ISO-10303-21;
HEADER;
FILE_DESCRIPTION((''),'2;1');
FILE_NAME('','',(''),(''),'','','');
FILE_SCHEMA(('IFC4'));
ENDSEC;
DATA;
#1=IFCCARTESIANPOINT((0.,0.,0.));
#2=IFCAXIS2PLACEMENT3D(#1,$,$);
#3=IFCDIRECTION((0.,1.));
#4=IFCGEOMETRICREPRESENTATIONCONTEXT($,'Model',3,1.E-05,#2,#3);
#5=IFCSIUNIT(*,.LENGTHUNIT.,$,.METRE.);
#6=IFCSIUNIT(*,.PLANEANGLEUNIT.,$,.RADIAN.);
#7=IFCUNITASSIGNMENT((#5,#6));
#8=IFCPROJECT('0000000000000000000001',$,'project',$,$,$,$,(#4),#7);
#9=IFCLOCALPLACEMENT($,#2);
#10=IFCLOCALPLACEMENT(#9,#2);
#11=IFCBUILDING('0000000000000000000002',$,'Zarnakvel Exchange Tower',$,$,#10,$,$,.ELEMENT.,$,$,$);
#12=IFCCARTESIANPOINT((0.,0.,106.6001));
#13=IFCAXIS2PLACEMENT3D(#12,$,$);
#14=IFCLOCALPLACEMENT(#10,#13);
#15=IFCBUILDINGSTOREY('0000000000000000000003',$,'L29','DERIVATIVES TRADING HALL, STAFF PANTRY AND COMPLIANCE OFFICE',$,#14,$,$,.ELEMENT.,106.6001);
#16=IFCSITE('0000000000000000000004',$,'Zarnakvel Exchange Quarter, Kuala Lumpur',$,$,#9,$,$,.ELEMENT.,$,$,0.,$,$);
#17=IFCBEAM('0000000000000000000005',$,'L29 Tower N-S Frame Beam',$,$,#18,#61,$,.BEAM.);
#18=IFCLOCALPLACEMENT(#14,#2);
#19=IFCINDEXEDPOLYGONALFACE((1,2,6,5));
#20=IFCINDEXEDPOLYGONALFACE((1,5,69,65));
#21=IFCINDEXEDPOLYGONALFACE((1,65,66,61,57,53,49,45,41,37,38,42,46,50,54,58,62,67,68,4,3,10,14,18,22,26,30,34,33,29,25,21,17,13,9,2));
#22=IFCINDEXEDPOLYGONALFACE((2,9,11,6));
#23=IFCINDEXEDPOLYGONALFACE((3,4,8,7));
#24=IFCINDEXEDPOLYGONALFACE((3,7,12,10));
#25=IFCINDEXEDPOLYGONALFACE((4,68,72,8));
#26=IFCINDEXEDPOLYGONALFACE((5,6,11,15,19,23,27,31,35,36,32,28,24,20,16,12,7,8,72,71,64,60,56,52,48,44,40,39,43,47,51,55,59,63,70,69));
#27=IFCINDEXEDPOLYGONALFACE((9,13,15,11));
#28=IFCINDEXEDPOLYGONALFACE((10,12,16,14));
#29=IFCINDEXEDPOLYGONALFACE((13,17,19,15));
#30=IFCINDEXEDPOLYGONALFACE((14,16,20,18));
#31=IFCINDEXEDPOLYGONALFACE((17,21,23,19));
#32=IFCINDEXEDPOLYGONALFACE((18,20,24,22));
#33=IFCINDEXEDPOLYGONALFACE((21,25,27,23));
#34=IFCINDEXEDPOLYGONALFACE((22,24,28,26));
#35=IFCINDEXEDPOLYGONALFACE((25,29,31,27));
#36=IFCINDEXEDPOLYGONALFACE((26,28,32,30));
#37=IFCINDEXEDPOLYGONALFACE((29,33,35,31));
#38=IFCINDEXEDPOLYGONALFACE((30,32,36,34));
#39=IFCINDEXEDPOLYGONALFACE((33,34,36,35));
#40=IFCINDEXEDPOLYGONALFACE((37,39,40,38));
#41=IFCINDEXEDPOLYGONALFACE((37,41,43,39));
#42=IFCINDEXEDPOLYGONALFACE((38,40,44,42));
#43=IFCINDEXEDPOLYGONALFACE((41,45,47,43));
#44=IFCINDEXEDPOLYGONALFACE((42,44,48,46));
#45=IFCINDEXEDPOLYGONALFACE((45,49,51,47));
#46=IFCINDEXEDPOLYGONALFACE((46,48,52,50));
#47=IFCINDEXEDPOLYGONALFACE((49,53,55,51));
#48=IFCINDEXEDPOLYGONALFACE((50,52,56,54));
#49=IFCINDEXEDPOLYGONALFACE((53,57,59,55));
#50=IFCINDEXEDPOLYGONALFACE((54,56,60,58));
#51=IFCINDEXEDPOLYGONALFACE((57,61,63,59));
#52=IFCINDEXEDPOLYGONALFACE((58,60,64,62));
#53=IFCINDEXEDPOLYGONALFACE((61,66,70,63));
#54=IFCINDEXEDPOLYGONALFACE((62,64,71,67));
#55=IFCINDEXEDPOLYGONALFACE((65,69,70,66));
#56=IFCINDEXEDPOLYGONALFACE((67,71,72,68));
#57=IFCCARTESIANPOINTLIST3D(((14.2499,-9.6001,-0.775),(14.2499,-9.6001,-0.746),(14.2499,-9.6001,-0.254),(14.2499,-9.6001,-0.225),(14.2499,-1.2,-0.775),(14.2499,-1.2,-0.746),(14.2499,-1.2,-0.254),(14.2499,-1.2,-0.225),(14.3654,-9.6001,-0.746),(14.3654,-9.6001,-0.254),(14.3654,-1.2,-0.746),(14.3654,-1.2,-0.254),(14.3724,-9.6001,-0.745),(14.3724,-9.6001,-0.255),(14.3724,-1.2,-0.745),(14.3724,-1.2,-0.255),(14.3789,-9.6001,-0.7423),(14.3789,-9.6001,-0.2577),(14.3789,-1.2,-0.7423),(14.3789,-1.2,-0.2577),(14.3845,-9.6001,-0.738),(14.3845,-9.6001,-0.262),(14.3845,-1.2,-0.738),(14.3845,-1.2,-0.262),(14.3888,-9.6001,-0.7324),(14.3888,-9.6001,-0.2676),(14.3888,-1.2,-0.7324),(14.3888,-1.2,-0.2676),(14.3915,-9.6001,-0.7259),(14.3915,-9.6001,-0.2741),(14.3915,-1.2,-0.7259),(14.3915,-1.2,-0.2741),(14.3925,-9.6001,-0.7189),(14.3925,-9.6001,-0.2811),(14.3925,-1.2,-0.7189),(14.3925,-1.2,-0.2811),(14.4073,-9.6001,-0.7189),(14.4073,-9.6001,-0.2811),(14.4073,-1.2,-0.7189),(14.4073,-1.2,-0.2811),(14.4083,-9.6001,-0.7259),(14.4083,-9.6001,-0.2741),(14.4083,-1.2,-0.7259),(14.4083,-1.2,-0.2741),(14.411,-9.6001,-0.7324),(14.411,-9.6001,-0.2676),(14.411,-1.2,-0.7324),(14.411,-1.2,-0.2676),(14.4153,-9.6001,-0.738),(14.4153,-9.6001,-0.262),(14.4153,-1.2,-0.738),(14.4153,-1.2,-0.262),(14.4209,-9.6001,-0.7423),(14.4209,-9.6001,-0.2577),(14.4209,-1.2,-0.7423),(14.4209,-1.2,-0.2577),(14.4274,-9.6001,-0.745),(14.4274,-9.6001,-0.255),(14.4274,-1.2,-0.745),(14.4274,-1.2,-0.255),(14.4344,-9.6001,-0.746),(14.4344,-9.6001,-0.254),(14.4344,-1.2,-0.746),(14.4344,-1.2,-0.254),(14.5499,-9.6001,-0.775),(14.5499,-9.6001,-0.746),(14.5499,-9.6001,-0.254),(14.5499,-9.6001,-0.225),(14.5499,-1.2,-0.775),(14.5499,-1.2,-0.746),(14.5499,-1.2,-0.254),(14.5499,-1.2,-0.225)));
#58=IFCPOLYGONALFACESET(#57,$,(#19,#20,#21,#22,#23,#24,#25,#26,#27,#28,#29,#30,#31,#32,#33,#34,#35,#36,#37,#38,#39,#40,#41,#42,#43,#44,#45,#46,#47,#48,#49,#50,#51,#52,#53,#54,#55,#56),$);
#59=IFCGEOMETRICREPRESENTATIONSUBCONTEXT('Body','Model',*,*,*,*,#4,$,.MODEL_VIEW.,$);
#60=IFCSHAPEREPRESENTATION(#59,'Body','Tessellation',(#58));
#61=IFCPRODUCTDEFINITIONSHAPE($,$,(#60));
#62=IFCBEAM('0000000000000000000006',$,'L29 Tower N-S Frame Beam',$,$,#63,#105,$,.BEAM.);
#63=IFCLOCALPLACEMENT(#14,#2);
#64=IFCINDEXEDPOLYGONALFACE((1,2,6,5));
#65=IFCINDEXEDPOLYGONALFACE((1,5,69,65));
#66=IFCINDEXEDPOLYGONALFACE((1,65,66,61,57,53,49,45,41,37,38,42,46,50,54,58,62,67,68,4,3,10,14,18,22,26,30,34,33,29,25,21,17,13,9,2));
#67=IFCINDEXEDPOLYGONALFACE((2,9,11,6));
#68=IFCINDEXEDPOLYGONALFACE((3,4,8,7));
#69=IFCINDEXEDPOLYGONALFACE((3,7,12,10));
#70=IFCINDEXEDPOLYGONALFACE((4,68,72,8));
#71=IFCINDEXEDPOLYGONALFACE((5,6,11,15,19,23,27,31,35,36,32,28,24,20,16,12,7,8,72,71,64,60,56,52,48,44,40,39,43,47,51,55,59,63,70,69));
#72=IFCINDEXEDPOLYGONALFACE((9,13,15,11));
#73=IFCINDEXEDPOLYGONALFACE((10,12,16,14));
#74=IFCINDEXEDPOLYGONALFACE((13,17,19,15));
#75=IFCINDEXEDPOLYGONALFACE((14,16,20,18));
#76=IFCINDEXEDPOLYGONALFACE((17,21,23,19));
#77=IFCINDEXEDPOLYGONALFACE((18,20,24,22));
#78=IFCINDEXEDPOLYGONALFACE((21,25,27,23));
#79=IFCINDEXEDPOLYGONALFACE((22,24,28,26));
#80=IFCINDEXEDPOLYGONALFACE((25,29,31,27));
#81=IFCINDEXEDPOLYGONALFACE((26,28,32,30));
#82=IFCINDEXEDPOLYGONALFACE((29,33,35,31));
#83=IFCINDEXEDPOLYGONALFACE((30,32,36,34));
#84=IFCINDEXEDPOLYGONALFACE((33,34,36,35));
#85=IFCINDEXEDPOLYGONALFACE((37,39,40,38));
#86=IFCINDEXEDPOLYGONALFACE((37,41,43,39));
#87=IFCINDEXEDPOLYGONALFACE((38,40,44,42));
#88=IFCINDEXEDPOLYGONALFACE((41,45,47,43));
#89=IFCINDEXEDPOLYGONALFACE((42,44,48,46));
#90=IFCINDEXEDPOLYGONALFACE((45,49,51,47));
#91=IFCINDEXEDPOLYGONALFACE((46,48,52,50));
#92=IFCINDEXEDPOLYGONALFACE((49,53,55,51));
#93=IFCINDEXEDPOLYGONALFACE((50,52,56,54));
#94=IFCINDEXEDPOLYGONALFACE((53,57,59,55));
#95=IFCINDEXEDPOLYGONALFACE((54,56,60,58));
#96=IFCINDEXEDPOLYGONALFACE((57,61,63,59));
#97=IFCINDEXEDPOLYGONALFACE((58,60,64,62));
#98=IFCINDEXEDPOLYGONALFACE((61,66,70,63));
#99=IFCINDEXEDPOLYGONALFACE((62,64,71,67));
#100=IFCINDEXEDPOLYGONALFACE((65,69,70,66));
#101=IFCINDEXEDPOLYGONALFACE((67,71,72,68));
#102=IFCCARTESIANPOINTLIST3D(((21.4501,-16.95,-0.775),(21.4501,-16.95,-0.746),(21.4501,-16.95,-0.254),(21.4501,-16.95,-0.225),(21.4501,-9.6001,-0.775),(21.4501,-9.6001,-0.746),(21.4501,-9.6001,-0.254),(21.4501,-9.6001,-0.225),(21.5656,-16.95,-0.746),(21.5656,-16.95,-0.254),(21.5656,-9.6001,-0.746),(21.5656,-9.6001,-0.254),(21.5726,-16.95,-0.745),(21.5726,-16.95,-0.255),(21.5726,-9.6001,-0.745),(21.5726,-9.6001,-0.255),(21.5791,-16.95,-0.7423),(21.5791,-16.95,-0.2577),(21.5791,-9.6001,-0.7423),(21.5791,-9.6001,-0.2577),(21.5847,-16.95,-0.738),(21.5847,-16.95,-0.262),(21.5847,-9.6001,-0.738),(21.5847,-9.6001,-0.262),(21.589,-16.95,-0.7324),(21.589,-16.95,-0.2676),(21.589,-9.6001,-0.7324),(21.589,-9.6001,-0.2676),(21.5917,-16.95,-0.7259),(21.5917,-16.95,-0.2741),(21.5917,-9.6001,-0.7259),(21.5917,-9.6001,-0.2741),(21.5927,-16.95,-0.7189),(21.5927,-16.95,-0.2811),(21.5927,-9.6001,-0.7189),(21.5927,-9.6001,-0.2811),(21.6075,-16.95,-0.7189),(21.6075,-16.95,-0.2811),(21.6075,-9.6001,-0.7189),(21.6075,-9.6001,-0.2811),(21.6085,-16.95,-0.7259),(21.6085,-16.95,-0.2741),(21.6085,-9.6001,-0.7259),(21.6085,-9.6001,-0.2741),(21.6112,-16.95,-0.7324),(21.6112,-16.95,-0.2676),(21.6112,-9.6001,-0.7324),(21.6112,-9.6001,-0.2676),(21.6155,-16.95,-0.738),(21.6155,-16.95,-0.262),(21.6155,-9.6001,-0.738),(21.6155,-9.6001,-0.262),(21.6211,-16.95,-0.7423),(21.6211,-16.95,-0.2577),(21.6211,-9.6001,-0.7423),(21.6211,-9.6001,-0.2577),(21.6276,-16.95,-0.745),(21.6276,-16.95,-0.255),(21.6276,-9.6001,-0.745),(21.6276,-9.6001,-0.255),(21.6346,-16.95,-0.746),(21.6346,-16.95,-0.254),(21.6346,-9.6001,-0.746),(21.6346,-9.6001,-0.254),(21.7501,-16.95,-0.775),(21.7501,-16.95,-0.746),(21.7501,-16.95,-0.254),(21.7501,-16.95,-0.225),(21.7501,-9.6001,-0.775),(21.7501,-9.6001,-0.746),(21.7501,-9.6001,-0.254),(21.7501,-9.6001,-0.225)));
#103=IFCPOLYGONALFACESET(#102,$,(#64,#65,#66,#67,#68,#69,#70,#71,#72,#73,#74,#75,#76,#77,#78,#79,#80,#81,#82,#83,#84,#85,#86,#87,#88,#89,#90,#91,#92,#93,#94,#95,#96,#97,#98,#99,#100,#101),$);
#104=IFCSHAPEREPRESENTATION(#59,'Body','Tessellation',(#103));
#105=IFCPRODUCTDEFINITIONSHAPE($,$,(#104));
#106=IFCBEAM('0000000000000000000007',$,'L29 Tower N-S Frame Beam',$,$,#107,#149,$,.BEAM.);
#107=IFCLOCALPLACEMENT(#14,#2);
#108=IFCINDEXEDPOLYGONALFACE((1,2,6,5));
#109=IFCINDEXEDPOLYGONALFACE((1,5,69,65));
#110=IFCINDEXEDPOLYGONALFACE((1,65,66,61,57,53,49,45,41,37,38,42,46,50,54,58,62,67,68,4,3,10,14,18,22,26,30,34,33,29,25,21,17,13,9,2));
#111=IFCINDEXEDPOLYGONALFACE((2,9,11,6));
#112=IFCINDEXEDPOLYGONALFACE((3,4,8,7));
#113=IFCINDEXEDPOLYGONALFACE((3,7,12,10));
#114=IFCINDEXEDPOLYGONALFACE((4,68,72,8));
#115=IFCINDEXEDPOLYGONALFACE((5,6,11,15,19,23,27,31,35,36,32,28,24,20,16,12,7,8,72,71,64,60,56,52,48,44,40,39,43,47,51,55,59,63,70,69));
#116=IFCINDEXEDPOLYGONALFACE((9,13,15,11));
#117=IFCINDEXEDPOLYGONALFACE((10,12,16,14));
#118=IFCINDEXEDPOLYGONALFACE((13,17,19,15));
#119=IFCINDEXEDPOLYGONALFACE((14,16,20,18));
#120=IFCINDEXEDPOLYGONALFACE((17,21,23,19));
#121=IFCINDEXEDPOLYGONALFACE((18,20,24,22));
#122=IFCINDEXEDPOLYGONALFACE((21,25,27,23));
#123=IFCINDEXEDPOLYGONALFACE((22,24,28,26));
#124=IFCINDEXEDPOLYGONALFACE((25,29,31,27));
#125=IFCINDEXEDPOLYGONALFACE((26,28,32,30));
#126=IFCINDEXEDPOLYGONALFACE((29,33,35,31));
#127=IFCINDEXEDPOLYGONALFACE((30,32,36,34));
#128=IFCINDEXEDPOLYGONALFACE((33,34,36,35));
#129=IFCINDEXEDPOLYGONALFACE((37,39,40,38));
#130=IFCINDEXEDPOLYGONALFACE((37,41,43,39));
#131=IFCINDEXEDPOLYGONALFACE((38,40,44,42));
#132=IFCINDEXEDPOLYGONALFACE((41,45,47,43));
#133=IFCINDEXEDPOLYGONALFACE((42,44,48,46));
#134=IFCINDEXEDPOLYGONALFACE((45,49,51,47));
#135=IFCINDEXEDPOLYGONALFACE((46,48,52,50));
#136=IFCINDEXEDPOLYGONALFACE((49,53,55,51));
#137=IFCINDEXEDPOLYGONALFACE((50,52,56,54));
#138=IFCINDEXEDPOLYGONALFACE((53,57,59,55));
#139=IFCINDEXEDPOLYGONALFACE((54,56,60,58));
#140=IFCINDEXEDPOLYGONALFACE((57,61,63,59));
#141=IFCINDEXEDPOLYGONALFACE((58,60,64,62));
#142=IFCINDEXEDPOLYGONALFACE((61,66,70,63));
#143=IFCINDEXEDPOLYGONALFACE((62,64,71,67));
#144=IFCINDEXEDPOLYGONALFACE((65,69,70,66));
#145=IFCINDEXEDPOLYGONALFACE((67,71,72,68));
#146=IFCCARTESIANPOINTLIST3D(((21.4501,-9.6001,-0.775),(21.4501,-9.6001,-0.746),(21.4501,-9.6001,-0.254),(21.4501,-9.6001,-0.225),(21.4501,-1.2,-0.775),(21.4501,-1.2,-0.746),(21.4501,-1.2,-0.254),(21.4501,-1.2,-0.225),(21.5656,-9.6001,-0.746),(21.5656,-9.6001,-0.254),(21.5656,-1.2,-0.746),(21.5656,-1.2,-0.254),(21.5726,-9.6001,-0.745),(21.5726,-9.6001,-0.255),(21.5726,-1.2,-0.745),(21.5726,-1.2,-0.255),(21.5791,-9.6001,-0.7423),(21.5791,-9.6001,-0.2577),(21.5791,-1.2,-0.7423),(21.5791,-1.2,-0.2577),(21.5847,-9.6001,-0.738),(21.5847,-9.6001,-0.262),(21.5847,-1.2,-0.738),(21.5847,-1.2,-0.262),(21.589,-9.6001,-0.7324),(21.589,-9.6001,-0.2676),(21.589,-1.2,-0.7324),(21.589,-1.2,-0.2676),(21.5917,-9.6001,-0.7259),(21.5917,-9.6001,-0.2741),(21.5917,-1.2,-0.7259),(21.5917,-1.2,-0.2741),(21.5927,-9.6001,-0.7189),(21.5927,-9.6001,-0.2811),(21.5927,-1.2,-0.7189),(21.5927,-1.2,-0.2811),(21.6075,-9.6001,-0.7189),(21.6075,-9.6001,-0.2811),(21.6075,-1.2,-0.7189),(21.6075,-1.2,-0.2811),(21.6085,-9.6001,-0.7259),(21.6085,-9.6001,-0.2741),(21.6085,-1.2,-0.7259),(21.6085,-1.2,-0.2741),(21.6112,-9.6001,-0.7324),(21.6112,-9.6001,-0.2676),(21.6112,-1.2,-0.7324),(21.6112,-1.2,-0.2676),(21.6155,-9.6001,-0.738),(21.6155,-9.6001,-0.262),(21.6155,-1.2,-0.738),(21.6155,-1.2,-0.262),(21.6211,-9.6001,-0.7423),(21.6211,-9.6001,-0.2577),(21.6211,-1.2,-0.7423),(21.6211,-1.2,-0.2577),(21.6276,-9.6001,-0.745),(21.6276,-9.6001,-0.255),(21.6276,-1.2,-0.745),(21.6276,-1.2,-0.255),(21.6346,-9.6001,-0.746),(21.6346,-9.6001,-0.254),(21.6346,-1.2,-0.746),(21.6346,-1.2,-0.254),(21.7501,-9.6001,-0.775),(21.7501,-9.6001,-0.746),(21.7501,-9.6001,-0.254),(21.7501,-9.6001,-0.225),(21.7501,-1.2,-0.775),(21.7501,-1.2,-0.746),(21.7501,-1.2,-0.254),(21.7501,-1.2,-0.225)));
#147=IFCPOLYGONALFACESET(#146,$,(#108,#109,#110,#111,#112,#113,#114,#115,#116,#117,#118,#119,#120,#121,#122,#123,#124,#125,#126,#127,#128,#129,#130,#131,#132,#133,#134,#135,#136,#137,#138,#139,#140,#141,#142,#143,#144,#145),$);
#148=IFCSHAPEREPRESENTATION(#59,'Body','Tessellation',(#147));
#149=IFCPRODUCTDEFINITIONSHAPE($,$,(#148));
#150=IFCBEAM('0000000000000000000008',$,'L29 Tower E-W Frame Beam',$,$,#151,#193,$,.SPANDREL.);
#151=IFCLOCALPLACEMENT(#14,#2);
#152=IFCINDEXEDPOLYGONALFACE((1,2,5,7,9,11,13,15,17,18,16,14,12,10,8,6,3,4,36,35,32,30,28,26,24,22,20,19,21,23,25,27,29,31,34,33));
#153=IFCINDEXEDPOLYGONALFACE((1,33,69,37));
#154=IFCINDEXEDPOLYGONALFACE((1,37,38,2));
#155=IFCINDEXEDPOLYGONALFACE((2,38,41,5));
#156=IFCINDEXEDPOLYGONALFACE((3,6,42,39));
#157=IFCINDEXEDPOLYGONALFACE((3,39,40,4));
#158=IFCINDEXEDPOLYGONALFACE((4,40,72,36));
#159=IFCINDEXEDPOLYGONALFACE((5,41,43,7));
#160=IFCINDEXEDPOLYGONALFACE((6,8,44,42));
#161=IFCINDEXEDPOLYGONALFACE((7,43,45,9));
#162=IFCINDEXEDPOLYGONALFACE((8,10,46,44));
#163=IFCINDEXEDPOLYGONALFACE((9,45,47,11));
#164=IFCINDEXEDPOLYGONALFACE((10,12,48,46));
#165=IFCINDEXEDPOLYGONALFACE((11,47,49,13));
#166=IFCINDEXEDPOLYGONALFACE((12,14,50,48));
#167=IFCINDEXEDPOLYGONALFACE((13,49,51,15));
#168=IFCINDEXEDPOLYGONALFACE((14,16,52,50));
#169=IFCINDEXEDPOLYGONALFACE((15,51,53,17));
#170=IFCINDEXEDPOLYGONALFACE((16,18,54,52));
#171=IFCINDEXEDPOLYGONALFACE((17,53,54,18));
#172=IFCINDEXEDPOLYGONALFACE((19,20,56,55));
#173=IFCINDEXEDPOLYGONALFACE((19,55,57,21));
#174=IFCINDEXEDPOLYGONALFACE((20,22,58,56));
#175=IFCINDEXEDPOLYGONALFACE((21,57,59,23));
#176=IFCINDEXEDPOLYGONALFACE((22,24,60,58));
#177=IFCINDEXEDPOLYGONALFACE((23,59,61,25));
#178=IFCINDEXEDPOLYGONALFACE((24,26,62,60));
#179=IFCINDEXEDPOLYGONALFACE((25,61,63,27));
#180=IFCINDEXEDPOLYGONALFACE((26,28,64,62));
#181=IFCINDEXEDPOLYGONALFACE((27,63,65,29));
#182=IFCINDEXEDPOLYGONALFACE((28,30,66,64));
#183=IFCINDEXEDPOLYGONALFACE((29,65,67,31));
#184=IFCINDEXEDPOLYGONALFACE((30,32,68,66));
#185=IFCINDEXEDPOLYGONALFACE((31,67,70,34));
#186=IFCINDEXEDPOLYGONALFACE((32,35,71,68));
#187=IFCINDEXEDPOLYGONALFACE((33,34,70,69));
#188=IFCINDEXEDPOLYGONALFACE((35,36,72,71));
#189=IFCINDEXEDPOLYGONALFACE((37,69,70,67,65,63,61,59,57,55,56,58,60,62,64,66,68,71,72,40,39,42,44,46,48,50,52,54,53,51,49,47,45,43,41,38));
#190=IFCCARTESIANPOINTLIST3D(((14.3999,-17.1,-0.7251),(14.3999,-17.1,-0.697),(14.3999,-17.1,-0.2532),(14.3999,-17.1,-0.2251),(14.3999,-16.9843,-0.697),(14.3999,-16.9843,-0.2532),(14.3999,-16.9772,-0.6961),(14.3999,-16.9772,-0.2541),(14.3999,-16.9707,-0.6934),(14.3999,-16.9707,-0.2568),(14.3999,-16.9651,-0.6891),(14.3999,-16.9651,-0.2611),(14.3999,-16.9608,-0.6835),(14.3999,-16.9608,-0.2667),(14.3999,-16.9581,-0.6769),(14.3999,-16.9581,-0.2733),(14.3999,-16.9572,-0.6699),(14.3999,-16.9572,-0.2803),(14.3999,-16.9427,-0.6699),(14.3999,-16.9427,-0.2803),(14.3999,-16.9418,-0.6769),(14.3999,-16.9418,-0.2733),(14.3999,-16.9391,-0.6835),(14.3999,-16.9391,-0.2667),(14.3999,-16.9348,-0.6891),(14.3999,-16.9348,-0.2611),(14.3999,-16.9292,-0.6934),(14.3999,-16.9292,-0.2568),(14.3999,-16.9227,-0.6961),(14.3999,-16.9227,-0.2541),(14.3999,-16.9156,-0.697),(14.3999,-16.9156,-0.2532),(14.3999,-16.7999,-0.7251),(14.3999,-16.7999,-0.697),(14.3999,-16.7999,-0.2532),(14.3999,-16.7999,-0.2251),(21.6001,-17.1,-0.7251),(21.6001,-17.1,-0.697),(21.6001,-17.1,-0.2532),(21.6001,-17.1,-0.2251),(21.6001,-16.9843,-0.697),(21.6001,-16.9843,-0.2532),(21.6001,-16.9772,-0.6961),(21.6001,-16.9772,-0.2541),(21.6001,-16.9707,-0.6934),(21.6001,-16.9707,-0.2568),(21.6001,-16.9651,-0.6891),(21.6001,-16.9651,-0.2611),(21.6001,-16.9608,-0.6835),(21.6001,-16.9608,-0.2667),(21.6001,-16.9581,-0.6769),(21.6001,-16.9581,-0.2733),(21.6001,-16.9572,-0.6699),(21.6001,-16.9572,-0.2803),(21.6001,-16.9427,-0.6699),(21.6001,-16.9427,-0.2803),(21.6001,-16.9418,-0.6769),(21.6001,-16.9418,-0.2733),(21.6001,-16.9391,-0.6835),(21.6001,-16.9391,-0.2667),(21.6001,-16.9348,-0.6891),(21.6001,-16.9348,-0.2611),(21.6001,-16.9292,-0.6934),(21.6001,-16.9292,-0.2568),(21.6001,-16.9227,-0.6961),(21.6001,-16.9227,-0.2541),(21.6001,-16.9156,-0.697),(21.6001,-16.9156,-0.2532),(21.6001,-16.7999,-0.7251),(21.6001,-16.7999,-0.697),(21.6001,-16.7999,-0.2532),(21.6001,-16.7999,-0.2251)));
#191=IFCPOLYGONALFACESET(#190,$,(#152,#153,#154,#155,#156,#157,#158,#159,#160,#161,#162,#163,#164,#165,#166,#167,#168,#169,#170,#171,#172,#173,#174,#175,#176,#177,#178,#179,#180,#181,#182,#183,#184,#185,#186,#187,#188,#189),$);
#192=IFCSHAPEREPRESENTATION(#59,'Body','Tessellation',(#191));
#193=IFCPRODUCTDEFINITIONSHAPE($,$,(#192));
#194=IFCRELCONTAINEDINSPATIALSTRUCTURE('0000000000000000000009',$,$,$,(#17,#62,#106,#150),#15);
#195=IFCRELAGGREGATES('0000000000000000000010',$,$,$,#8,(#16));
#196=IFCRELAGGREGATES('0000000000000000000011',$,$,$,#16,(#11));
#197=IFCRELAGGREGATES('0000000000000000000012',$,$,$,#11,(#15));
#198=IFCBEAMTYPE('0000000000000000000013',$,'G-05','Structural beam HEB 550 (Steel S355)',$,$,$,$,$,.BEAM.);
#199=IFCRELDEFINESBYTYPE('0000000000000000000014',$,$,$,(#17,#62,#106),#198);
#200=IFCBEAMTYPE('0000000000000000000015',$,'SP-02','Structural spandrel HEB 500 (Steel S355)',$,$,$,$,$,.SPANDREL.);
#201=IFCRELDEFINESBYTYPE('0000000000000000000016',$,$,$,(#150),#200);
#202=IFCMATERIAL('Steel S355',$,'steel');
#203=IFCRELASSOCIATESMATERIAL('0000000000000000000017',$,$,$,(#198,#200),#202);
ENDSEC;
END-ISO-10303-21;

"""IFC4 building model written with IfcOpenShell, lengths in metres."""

from ifc_helpers import new_model, si_unit, direction, frame, origin, origin_2d, place, context, subcontext, project, spatial, i_section, extrude, material, material_profile, profile_set, type_object, element, save


model = new_model("IFC4")

# Units and contexts
model_context = context("Model", 3, precision=1e-05, world=origin(), true_north=direction((0.0, 1.0)))
body_context = subcontext(model_context, "Body", "Model", "MODEL_VIEW")
ifc_project = project(units=[si_unit("LENGTHUNIT", "METRE"), si_unit("PLANEANGLEUNIT", "RADIAN")], contexts=[model_context])

# Site, building, storey
site_placement = place(None, origin())
site = spatial("IfcSite", under=ifc_project, at=site_placement, Name="Zarnakvel Exchange Quarter, Kuala Lumpur", CompositionType="ELEMENT", RefElevation=0.0)
building_placement = place(site_placement, origin())
building = spatial("IfcBuilding", under=site, at=building_placement, Name="Zarnakvel Exchange Tower", CompositionType="ELEMENT")
storey_placement = place(building_placement, frame((0.0, 0.0, 106.6001)))
storey = spatial("IfcBuildingStorey", under=building, at=storey_placement, Name="L29", Description="DERIVATIVES TRADING HALL, STAFF PANTRY AND COMPLIANCE OFFICE", CompositionType="ELEMENT", Elevation=106.6001)

# Shared definitions
ifc_material_1 = material(Name="Steel S355", Category="steel")

# Beams
ifc_material_profile_1 = material_profile(ifc_material_1, i_section(OverallWidth=0.3, OverallDepth=0.55, WebThickness=0.0149, FlangeThickness=0.0291, FilletRadius=0.0271, at=origin_2d()))
ifc_profile_set_1 = profile_set([ifc_material_profile_1], Name="Steel S355")
beam_type_1 = type_object("IfcBeamType", Name="G-05", Description="Structural beam HEB 550 (Steel S355)", PredefinedType="BEAM", material=ifc_profile_set_1)
beam_1_placement = place(storey_placement, frame((14.3999, -9.6001, -0.5), z_axis=(0.0, 1.0, 0.0), x_axis=(-1.0, 0.0, 0.0)))
element("IfcBeam", 1, at=beam_1_placement, inside=storey, type_object=beam_type_1, Name="L29 Tower N-S Frame Beam", PredefinedType="BEAM", context=body_context, shape_type="SweptSolid", body=[
    extrude(i_section(OverallWidth=0.3, OverallDepth=0.55, WebThickness=0.0149, FlangeThickness=0.0291, FilletRadius=0.0271, at=origin_2d()), origin(), (0.0, 0.0, 1.0), 8.4001),
])
beam_2_placement = place(storey_placement, frame((21.6001, -16.95, -0.5), z_axis=(0.0, 1.0, 0.0), x_axis=(-1.0, 0.0, 0.0)))
element("IfcBeam", 2, at=beam_2_placement, inside=storey, type_object=beam_type_1, Name="L29 Tower N-S Frame Beam", PredefinedType="BEAM", context=body_context, shape_type="SweptSolid", body=[
    extrude(i_section(OverallWidth=0.3, OverallDepth=0.55, WebThickness=0.0149, FlangeThickness=0.0291, FilletRadius=0.0271, at=origin_2d()), origin(), (0.0, 0.0, 1.0), 7.3499),
])
beam_3_placement = place(storey_placement, frame((21.6001, -9.6001, -0.5), z_axis=(0.0, 1.0, 0.0), x_axis=(-1.0, 0.0, 0.0)))
element("IfcBeam", 3, at=beam_3_placement, inside=storey, type_object=beam_type_1, Name="L29 Tower N-S Frame Beam", PredefinedType="BEAM", context=body_context, shape_type="SweptSolid", body=[
    extrude(i_section(OverallWidth=0.3, OverallDepth=0.55, WebThickness=0.0149, FlangeThickness=0.0291, FilletRadius=0.0271, at=origin_2d()), origin(), (0.0, 0.0, 1.0), 8.4001),
])
ifc_material_profile_2 = material_profile(ifc_material_1, i_section(OverallWidth=0.3, OverallDepth=0.5, WebThickness=0.0144, FlangeThickness=0.0281, FilletRadius=0.0271, at=origin_2d()))
ifc_profile_set_2 = profile_set([ifc_material_profile_2], Name="Steel S355")
beam_type_2 = type_object("IfcBeamType", Name="SP-02", Description="Structural spandrel HEB 500 (Steel S355)", PredefinedType="SPANDREL", material=ifc_profile_set_2)
beam_4_placement = place(storey_placement, frame((14.3999, -16.95, -0.4751), z_axis=(1.0, 0.0, 0.0), x_axis=(0.0, 1.0, 0.0)))
element("IfcBeam", 4, at=beam_4_placement, inside=storey, type_object=beam_type_2, Name="L29 Tower E-W Frame Beam", PredefinedType="SPANDREL", context=body_context, shape_type="SweptSolid", body=[
    extrude(i_section(OverallWidth=0.3, OverallDepth=0.5, WebThickness=0.0144, FlangeThickness=0.0281, FilletRadius=0.0271, at=origin_2d()), origin(), (0.0, 0.0, 1.0), 7.2002),
])

save(model, "model.ifc")
